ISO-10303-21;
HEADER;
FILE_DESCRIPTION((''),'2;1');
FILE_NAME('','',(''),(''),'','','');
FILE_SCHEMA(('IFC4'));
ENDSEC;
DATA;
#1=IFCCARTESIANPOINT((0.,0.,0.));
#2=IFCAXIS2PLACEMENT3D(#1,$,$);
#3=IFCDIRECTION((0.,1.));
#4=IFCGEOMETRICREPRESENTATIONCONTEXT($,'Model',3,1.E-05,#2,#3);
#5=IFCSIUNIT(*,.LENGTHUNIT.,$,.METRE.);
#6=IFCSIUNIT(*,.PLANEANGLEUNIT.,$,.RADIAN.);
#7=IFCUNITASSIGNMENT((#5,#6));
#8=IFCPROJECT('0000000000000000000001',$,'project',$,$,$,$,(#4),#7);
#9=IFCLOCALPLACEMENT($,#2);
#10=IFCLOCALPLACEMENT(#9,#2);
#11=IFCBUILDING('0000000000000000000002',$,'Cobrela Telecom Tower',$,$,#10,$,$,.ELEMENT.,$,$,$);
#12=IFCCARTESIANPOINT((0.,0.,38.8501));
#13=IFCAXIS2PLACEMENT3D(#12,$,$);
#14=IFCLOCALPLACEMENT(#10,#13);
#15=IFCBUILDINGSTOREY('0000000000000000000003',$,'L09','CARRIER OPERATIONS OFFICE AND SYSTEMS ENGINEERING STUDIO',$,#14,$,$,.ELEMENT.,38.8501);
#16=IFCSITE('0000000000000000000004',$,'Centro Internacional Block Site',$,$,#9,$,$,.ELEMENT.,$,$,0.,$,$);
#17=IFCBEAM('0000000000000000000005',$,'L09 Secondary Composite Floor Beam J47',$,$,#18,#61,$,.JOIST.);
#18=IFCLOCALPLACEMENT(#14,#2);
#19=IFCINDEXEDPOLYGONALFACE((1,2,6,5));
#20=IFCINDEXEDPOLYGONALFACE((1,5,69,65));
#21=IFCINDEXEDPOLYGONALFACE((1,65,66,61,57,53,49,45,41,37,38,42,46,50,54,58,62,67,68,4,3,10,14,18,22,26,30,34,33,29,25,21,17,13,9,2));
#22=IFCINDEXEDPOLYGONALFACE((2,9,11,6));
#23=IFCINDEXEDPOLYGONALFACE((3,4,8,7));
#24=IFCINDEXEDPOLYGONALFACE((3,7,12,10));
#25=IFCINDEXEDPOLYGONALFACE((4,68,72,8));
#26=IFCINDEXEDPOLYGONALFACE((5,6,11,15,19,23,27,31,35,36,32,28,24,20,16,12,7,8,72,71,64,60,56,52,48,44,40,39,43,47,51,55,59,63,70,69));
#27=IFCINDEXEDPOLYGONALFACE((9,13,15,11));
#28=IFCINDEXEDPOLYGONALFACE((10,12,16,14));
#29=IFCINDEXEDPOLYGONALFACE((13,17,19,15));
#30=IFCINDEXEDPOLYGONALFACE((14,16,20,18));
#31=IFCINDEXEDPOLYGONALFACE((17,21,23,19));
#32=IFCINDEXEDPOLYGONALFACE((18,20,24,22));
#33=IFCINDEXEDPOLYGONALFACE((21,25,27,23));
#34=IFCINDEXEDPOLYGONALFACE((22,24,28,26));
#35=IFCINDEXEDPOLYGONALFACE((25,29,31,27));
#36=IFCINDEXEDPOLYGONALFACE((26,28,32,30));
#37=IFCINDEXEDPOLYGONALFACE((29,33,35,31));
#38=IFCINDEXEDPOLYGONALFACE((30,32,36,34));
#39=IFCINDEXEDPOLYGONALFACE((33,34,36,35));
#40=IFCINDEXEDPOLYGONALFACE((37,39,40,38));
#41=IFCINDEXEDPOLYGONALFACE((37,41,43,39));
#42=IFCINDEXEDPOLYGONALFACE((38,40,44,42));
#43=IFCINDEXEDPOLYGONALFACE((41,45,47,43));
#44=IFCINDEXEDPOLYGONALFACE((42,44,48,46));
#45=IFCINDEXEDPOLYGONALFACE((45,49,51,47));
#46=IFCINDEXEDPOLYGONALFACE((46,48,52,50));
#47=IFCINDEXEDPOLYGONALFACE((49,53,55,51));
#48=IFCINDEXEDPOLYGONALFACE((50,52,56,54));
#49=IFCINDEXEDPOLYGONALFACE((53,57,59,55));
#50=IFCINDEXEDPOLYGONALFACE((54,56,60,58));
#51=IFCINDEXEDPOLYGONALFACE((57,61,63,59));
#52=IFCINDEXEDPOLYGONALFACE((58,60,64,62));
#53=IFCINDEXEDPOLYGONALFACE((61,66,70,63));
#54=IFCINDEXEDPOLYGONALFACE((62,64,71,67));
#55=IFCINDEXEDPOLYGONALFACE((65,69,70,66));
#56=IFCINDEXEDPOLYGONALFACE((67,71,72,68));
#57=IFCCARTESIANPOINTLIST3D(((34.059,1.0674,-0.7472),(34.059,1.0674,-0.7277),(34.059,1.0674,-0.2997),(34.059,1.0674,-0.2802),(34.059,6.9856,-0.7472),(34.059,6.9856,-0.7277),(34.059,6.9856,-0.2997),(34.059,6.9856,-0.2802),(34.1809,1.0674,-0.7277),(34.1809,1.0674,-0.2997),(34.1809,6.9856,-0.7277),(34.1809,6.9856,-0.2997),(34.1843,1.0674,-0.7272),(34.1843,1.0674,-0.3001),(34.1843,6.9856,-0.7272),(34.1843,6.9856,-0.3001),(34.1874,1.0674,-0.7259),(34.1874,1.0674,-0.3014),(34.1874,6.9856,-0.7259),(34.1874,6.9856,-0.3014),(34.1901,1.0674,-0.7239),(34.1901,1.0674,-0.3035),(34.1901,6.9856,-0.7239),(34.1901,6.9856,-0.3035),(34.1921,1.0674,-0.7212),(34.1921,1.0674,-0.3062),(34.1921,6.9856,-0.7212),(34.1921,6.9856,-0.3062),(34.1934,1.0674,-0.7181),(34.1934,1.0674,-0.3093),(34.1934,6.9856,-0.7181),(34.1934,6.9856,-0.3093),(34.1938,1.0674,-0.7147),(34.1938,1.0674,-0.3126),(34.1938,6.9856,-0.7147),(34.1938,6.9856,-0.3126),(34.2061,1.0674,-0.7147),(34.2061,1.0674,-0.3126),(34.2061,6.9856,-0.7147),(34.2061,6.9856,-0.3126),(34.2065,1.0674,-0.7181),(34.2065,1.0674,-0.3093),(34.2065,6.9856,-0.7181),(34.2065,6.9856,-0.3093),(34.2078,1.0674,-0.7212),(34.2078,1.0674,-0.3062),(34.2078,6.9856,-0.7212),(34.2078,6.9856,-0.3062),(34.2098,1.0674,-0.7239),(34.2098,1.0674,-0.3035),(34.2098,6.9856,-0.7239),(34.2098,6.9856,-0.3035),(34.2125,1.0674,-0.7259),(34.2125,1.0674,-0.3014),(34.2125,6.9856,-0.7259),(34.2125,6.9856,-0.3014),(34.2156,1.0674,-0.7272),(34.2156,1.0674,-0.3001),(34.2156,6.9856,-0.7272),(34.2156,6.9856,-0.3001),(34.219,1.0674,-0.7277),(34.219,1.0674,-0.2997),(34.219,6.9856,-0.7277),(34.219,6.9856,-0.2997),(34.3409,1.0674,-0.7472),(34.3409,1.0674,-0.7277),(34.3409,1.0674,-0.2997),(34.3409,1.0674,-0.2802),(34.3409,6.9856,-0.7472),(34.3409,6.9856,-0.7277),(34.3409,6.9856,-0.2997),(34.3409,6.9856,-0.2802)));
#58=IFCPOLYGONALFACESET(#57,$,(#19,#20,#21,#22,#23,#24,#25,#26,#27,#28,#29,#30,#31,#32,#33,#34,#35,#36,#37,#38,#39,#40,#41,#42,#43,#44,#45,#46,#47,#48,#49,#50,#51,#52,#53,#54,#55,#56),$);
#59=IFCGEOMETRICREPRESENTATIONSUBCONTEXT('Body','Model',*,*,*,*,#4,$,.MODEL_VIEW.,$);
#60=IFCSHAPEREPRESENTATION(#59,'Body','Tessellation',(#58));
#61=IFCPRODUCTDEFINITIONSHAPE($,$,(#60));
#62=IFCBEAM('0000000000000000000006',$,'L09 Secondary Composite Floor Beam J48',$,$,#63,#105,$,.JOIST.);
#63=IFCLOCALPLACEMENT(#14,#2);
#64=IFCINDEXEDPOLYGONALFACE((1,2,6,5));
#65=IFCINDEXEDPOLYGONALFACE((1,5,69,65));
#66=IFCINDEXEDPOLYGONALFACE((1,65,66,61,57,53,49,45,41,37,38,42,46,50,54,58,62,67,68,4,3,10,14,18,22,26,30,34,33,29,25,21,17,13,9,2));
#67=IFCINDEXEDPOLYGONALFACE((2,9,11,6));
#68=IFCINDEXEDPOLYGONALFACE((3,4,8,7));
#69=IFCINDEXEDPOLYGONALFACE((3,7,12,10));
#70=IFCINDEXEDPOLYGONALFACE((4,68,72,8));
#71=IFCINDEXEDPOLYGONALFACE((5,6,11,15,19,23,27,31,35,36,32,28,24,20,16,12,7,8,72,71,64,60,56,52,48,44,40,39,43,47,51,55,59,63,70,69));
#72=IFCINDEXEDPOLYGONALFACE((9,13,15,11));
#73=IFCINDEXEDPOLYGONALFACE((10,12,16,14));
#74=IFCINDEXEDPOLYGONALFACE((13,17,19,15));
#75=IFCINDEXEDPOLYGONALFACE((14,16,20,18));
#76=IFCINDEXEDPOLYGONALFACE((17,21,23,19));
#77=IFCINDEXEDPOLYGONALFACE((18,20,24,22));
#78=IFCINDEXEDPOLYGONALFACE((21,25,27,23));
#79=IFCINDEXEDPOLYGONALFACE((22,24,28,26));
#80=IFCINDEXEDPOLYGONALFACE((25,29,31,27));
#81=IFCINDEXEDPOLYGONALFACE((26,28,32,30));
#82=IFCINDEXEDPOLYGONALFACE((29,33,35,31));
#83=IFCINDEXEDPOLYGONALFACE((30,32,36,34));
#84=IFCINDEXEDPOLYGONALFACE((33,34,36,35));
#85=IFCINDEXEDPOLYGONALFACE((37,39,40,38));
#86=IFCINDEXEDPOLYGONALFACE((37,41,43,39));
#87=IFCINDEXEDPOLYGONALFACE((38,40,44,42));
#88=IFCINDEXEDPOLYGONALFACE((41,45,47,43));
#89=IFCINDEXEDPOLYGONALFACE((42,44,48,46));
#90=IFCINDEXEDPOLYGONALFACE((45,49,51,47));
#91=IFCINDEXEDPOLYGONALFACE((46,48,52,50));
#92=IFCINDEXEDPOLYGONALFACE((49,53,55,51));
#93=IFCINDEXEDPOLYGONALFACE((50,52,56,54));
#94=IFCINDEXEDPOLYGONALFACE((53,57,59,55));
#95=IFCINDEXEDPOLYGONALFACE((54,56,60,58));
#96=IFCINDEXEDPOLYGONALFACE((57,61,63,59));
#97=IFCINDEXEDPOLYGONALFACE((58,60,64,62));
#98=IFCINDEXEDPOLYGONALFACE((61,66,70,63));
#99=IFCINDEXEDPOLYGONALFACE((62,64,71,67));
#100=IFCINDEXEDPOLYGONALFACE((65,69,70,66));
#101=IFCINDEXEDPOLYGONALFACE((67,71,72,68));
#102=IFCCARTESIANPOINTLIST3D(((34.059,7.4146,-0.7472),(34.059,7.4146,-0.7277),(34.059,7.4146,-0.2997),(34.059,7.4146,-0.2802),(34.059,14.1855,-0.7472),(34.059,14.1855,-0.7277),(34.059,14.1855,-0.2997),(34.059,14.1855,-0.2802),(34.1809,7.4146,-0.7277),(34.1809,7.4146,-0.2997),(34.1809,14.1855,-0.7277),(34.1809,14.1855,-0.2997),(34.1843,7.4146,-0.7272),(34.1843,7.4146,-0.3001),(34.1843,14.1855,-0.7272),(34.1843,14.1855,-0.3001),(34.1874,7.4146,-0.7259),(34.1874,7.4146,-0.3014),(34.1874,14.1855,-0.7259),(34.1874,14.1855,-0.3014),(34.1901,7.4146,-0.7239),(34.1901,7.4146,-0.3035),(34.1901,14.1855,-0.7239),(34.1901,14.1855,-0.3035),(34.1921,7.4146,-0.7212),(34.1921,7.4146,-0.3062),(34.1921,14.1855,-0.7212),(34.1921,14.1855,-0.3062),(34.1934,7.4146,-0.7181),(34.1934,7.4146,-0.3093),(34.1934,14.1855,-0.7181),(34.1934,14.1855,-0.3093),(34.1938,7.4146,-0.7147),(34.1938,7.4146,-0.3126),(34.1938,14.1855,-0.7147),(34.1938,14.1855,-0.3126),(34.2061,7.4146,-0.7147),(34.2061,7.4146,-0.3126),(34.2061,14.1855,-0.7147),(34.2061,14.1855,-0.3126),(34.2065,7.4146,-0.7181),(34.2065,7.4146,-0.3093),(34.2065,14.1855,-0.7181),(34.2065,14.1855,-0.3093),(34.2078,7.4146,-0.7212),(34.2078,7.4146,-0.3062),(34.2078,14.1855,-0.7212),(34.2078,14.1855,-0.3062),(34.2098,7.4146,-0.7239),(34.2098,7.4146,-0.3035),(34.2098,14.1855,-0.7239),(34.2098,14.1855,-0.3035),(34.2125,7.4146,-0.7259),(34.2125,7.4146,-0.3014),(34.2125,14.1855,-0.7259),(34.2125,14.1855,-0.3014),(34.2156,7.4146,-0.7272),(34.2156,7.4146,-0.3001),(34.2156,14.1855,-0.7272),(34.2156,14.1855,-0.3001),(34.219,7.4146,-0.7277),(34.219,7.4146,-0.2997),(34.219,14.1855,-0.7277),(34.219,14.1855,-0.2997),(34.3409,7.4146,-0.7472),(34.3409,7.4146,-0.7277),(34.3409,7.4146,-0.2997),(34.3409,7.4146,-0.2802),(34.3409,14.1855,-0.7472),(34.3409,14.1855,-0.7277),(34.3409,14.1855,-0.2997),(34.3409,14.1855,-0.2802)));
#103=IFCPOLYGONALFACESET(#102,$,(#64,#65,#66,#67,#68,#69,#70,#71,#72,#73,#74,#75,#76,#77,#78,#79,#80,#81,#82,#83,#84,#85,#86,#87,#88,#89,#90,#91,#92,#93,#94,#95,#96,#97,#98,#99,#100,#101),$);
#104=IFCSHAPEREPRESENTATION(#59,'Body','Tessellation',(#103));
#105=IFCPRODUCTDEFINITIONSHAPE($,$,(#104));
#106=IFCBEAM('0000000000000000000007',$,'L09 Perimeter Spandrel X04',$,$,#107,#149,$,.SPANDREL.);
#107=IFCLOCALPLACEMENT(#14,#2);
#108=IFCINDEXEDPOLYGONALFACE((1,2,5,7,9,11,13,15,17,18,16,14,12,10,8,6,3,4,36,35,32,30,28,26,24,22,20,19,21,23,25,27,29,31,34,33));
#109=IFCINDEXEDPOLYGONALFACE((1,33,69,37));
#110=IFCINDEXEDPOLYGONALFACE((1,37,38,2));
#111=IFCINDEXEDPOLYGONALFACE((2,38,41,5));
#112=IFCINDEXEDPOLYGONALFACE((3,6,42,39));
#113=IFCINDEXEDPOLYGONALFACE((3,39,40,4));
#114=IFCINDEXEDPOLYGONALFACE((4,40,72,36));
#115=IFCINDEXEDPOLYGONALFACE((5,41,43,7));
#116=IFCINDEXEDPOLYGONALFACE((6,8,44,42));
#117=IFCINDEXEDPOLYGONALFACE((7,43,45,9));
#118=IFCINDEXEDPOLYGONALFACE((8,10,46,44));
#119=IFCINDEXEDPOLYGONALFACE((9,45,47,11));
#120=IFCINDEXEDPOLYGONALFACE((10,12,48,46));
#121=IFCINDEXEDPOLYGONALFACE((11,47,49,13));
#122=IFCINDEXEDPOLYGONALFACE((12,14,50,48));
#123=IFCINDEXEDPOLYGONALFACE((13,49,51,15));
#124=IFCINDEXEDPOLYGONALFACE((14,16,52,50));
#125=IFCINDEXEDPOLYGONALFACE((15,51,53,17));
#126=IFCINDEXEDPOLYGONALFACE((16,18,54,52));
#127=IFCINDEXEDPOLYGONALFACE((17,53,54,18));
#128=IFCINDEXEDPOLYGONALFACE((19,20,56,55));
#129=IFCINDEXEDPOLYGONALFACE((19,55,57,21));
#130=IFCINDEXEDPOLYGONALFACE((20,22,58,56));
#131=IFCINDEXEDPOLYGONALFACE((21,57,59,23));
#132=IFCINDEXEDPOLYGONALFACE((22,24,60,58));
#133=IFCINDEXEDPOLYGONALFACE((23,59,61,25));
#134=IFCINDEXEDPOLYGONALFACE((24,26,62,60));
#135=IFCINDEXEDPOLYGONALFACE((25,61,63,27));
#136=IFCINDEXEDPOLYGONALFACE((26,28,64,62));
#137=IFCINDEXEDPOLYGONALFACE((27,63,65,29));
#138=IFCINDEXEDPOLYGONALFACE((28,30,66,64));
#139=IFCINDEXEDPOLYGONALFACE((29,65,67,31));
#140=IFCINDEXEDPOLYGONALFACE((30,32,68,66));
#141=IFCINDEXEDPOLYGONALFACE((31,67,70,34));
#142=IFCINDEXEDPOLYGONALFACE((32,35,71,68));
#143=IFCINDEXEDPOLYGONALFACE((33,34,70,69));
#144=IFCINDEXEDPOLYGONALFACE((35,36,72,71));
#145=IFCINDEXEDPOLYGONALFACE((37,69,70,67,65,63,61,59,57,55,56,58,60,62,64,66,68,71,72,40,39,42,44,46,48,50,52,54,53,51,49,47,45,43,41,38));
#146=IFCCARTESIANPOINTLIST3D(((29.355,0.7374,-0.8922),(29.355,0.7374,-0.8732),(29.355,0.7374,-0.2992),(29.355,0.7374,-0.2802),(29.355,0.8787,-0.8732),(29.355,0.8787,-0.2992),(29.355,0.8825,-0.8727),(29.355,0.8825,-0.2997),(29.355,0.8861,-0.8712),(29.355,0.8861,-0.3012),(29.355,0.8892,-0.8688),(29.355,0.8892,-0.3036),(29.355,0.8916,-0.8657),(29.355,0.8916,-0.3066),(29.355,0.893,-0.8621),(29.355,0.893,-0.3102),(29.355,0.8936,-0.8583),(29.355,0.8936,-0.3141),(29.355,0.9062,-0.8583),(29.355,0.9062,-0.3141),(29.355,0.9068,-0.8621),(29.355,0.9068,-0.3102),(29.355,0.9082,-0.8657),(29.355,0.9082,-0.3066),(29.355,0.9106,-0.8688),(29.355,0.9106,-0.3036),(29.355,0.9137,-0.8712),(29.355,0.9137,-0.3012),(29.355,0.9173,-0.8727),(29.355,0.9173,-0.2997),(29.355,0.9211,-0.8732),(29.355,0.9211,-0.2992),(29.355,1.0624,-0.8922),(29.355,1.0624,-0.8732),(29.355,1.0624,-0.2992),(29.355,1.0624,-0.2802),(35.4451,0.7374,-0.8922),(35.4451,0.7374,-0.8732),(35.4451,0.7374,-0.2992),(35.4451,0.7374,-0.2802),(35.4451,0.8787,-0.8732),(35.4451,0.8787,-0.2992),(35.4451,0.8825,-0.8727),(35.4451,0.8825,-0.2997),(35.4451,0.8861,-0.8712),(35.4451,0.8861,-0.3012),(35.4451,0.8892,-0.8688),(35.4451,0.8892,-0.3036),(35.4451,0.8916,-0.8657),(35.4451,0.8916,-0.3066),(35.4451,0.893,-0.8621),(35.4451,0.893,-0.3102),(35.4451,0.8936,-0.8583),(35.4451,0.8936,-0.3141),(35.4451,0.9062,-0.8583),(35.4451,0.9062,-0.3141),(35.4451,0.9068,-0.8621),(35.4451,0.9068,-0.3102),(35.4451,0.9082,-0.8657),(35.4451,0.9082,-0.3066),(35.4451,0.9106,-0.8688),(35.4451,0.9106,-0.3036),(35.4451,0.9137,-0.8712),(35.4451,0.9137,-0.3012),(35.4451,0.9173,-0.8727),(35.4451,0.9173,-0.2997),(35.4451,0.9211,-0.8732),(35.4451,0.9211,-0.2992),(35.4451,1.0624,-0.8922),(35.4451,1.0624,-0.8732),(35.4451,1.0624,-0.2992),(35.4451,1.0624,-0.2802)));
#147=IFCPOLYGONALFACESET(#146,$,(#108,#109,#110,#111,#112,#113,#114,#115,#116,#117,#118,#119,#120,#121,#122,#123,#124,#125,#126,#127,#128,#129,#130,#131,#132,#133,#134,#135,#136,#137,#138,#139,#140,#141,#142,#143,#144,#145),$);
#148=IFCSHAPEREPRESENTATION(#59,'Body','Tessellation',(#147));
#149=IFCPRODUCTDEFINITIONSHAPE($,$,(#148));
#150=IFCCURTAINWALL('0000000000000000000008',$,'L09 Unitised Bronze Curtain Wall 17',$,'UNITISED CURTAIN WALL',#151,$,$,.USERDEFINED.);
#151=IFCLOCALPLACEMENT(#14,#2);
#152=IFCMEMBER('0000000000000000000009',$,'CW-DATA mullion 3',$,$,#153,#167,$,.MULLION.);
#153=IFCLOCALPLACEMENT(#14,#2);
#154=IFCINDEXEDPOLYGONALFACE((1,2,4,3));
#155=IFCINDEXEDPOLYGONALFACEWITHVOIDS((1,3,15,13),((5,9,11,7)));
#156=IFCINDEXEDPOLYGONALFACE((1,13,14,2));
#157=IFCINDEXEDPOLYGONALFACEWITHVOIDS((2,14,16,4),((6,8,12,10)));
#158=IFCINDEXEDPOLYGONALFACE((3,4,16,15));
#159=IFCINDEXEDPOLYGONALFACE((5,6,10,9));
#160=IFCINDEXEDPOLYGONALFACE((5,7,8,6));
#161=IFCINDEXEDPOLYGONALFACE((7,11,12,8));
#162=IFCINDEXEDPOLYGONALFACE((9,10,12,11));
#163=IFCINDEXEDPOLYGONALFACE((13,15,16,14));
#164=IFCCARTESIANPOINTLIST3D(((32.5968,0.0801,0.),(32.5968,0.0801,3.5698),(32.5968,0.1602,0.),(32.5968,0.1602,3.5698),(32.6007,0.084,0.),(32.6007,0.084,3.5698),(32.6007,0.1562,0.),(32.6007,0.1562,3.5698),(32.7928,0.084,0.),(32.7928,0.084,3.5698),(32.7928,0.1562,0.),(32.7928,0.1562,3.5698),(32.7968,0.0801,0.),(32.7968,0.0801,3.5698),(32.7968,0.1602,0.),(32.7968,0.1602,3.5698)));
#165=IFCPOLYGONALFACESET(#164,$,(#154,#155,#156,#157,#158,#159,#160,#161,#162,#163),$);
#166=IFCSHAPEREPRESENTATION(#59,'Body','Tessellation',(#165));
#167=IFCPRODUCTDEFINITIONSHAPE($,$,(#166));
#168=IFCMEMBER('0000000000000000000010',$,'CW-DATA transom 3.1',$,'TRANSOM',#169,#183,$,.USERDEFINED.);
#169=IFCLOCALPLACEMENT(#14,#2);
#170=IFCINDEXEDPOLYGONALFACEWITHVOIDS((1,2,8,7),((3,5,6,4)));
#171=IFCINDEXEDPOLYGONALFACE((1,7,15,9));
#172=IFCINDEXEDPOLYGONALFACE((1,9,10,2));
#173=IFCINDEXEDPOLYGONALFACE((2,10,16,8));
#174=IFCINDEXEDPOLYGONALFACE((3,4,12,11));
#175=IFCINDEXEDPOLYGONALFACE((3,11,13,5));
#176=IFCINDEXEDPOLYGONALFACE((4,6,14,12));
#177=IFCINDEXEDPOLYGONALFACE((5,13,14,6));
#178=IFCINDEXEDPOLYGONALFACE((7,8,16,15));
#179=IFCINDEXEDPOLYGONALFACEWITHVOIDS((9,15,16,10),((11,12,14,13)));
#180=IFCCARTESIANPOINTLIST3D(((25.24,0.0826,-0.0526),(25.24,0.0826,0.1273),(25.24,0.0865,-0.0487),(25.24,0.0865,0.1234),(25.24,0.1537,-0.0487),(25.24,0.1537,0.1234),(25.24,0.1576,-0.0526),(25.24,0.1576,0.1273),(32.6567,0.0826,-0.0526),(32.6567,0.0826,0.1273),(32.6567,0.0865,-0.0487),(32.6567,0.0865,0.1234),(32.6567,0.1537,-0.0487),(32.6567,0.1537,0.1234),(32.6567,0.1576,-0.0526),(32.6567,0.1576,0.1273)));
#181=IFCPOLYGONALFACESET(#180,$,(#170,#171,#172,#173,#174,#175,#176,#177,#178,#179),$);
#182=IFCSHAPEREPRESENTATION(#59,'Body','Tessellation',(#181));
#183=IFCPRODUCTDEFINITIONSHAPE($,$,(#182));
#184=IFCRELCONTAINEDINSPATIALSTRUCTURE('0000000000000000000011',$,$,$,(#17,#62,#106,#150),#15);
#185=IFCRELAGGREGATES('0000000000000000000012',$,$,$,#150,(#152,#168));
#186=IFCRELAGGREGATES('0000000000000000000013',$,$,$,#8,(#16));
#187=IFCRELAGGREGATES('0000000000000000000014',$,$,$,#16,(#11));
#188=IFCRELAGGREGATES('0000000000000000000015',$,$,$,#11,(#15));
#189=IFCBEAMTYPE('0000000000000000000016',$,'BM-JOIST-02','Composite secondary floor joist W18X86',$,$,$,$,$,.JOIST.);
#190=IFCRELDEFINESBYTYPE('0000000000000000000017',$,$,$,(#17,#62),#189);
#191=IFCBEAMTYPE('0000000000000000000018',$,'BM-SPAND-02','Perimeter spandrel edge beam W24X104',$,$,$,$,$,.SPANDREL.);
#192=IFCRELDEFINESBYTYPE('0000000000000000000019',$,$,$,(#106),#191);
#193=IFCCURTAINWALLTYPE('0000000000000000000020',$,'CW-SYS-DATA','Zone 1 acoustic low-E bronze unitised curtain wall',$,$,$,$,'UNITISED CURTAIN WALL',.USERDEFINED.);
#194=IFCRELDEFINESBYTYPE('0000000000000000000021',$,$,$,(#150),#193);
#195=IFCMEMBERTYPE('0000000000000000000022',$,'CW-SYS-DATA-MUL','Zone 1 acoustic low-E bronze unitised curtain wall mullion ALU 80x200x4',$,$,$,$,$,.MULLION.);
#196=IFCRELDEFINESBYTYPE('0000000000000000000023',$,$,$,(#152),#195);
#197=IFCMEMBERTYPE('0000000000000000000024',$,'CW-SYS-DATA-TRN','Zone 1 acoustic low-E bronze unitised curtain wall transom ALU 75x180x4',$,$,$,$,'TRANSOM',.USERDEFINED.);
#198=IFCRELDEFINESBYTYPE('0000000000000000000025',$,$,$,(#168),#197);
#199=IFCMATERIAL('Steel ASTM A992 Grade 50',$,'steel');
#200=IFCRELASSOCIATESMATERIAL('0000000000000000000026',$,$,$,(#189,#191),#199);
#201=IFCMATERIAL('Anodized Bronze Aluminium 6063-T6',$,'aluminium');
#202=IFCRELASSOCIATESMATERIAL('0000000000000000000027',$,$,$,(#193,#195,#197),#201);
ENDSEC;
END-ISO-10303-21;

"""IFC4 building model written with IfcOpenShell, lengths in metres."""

from ifc_helpers import new_model, si_unit, direction, frame, origin, origin_2d, place, context, subcontext, project, spatial, hollow_rectangle, i_section, extrude, material, material_profile, profile_set, type_object, element, aggregate, save


model = new_model("IFC4")

# Units and contexts
model_context = context("Model", 3, precision=1e-05, world=origin(), true_north=direction((0.0, 1.0)))
body_context = subcontext(model_context, "Body", "Model", "MODEL_VIEW")
ifc_project = project(units=[si_unit("LENGTHUNIT", "METRE"), si_unit("PLANEANGLEUNIT", "RADIAN")], contexts=[model_context])

# Site, building, storey
site_placement = place(None, origin())
site = spatial("IfcSite", under=ifc_project, at=site_placement, Name="Centro Internacional Block Site", CompositionType="ELEMENT", RefElevation=0.0)
building_placement = place(site_placement, origin())
building = spatial("IfcBuilding", under=site, at=building_placement, Name="Cobrela Telecom Tower", CompositionType="ELEMENT")
storey_placement = place(building_placement, frame((0.0, 0.0, 38.8501)))
storey = spatial("IfcBuildingStorey", under=building, at=storey_placement, Name="L09", Description="CARRIER OPERATIONS OFFICE AND SYSTEMS ENGINEERING STUDIO", CompositionType="ELEMENT", Elevation=38.8501)

# Shared definitions
ifc_material_1 = material(Name="Steel ASTM A992 Grade 50", Category="steel")

# Beams
ifc_material_profile_1 = material_profile(ifc_material_1, i_section(OverallWidth=0.282, OverallDepth=0.467, WebThickness=0.0122, FlangeThickness=0.0195, FilletRadius=0.0129, at=origin_2d()), Name="W18X86")
ifc_profile_set_1 = profile_set([ifc_material_profile_1], Name="Steel ASTM A992 Grade 50")
beam_type_1 = type_object("IfcBeamType", Name="BM-JOIST-02", Description="Composite secondary floor joist W18X86", PredefinedType="JOIST", material=ifc_profile_set_1)
beam_1_placement = place(storey_placement, frame((34.2, 1.0674, -0.5137), z_axis=(0.0, 1.0, 0.0), x_axis=(-1.0, 0.0, 0.0)))
element("IfcBeam", 1, at=beam_1_placement, inside=storey, type_object=beam_type_1, Name="L09 Secondary Composite Floor Beam J47", PredefinedType="JOIST", context=body_context, shape_type="SweptSolid", body=[
    extrude(i_section(OverallWidth=0.282, OverallDepth=0.467, WebThickness=0.0122, FlangeThickness=0.0195, FilletRadius=0.0129, at=origin_2d()), origin(), (0.0, 0.0, 1.0), 5.9182),
])
beam_2_placement = place(storey_placement, frame((34.2, 7.4146, -0.5137), z_axis=(0.0, 1.0, 0.0), x_axis=(-1.0, 0.0, 0.0)))
element("IfcBeam", 2, at=beam_2_placement, inside=storey, type_object=beam_type_1, Name="L09 Secondary Composite Floor Beam J48", PredefinedType="JOIST", context=body_context, shape_type="SweptSolid", body=[
    extrude(i_section(OverallWidth=0.282, OverallDepth=0.467, WebThickness=0.0122, FlangeThickness=0.0195, FilletRadius=0.0129, at=origin_2d()), origin(), (0.0, 0.0, 1.0), 6.771),
])
ifc_material_profile_2 = material_profile(ifc_material_1, i_section(OverallWidth=0.325, OverallDepth=0.6121, WebThickness=0.0127, FlangeThickness=0.019, FilletRadius=0.0149, at=origin_2d()), Name="W24X104")
ifc_profile_set_2 = profile_set([ifc_material_profile_2], Name="Steel ASTM A992 Grade 50")
beam_type_2 = type_object("IfcBeamType", Name="BM-SPAND-02", Description="Perimeter spandrel edge beam W24X104", PredefinedType="SPANDREL", material=ifc_profile_set_2)
beam_3_placement = place(storey_placement, frame((29.355, 0.8999, -0.5862), z_axis=(1.0, 0.0, 0.0), x_axis=(0.0, 1.0, 0.0)))
element("IfcBeam", 3, at=beam_3_placement, inside=storey, type_object=beam_type_2, Name="L09 Perimeter Spandrel X04", PredefinedType="SPANDREL", context=body_context, shape_type="SweptSolid", body=[
    extrude(i_section(OverallWidth=0.325, OverallDepth=0.6121, WebThickness=0.0127, FlangeThickness=0.019, FilletRadius=0.0149, at=origin_2d()), origin(), (0.0, 0.0, 1.0), 6.0901),
])

# Curtain wall, members
ifc_material_2 = material(Name="Anodized Bronze Aluminium 6063-T6", Category="aluminium")
curtain_wall_type = type_object("IfcCurtainWallType", Name="CW-SYS-DATA", Description="Zone 1 acoustic low-E bronze unitised curtain wall", ElementType="UNITISED CURTAIN WALL", PredefinedType="USERDEFINED", material=ifc_material_2)
curtain_wall_placement = place(storey_placement, origin())
curtain_wall = element("IfcCurtainWall", 4, at=curtain_wall_placement, inside=storey, type_object=curtain_wall_type, Name="L09 Unitised Bronze Curtain Wall 17", ObjectType="UNITISED CURTAIN WALL", PredefinedType="USERDEFINED")
ifc_material_profile_3 = material_profile(ifc_material_2, hollow_rectangle(XDim=0.0801, YDim=0.2, WallThickness=0.0039, at=origin_2d()), Name="ALU 80x200x4")
ifc_profile_set_3 = profile_set([ifc_material_profile_3], Name="Anodized Bronze Aluminium 6063-T6")
member_type_1 = type_object("IfcMemberType", Name="CW-SYS-DATA-MUL", Description="Zone 1 acoustic low-E bronze unitised curtain wall mullion ALU 80x200x4", PredefinedType="MULLION", material=ifc_profile_set_3)
member_1_placement = place(storey_placement, frame((32.6968, 0.1201, 0.0), z_axis=(0.0, 0.0, 1.0), x_axis=(0.0, -1.0, 0.0)))
member_1 = element("IfcMember", 5, at=member_1_placement, type_object=member_type_1, Name="CW-DATA mullion 3", PredefinedType="MULLION", context=body_context, shape_type="SweptSolid", body=[
    extrude(hollow_rectangle(XDim=0.0801, YDim=0.2, WallThickness=0.0039, at=origin_2d()), origin(), (0.0, 0.0, 1.0), 3.5698),
])
ifc_material_profile_4 = material_profile(ifc_material_2, hollow_rectangle(XDim=0.075, YDim=0.1799, WallThickness=0.0039, at=origin_2d()), Name="ALU 75x180x4")
ifc_profile_set_4 = profile_set([ifc_material_profile_4], Name="Anodized Bronze Aluminium 6063-T6")
member_type_2 = type_object("IfcMemberType", Name="CW-SYS-DATA-TRN", Description="Zone 1 acoustic low-E bronze unitised curtain wall transom ALU 75x180x4", ElementType="TRANSOM", PredefinedType="USERDEFINED", material=ifc_profile_set_4)
member_2_placement = place(storey_placement, frame((32.6567, 0.1201, 0.0374), z_axis=(-1.0, 0.0, 0.0), x_axis=(0.0, -1.0, 0.0)))
member_2 = element("IfcMember", 6, at=member_2_placement, type_object=member_type_2, Name="CW-DATA transom 3.1", ObjectType="TRANSOM", PredefinedType="USERDEFINED", context=body_context, shape_type="SweptSolid", body=[
    extrude(hollow_rectangle(XDim=0.075, YDim=0.1799, WallThickness=0.0039, at=origin_2d()), origin(), (0.0, 0.0, 1.0), 7.4167),
])
aggregate(curtain_wall, [member_1, member_2])

save(model, "model.ifc")
